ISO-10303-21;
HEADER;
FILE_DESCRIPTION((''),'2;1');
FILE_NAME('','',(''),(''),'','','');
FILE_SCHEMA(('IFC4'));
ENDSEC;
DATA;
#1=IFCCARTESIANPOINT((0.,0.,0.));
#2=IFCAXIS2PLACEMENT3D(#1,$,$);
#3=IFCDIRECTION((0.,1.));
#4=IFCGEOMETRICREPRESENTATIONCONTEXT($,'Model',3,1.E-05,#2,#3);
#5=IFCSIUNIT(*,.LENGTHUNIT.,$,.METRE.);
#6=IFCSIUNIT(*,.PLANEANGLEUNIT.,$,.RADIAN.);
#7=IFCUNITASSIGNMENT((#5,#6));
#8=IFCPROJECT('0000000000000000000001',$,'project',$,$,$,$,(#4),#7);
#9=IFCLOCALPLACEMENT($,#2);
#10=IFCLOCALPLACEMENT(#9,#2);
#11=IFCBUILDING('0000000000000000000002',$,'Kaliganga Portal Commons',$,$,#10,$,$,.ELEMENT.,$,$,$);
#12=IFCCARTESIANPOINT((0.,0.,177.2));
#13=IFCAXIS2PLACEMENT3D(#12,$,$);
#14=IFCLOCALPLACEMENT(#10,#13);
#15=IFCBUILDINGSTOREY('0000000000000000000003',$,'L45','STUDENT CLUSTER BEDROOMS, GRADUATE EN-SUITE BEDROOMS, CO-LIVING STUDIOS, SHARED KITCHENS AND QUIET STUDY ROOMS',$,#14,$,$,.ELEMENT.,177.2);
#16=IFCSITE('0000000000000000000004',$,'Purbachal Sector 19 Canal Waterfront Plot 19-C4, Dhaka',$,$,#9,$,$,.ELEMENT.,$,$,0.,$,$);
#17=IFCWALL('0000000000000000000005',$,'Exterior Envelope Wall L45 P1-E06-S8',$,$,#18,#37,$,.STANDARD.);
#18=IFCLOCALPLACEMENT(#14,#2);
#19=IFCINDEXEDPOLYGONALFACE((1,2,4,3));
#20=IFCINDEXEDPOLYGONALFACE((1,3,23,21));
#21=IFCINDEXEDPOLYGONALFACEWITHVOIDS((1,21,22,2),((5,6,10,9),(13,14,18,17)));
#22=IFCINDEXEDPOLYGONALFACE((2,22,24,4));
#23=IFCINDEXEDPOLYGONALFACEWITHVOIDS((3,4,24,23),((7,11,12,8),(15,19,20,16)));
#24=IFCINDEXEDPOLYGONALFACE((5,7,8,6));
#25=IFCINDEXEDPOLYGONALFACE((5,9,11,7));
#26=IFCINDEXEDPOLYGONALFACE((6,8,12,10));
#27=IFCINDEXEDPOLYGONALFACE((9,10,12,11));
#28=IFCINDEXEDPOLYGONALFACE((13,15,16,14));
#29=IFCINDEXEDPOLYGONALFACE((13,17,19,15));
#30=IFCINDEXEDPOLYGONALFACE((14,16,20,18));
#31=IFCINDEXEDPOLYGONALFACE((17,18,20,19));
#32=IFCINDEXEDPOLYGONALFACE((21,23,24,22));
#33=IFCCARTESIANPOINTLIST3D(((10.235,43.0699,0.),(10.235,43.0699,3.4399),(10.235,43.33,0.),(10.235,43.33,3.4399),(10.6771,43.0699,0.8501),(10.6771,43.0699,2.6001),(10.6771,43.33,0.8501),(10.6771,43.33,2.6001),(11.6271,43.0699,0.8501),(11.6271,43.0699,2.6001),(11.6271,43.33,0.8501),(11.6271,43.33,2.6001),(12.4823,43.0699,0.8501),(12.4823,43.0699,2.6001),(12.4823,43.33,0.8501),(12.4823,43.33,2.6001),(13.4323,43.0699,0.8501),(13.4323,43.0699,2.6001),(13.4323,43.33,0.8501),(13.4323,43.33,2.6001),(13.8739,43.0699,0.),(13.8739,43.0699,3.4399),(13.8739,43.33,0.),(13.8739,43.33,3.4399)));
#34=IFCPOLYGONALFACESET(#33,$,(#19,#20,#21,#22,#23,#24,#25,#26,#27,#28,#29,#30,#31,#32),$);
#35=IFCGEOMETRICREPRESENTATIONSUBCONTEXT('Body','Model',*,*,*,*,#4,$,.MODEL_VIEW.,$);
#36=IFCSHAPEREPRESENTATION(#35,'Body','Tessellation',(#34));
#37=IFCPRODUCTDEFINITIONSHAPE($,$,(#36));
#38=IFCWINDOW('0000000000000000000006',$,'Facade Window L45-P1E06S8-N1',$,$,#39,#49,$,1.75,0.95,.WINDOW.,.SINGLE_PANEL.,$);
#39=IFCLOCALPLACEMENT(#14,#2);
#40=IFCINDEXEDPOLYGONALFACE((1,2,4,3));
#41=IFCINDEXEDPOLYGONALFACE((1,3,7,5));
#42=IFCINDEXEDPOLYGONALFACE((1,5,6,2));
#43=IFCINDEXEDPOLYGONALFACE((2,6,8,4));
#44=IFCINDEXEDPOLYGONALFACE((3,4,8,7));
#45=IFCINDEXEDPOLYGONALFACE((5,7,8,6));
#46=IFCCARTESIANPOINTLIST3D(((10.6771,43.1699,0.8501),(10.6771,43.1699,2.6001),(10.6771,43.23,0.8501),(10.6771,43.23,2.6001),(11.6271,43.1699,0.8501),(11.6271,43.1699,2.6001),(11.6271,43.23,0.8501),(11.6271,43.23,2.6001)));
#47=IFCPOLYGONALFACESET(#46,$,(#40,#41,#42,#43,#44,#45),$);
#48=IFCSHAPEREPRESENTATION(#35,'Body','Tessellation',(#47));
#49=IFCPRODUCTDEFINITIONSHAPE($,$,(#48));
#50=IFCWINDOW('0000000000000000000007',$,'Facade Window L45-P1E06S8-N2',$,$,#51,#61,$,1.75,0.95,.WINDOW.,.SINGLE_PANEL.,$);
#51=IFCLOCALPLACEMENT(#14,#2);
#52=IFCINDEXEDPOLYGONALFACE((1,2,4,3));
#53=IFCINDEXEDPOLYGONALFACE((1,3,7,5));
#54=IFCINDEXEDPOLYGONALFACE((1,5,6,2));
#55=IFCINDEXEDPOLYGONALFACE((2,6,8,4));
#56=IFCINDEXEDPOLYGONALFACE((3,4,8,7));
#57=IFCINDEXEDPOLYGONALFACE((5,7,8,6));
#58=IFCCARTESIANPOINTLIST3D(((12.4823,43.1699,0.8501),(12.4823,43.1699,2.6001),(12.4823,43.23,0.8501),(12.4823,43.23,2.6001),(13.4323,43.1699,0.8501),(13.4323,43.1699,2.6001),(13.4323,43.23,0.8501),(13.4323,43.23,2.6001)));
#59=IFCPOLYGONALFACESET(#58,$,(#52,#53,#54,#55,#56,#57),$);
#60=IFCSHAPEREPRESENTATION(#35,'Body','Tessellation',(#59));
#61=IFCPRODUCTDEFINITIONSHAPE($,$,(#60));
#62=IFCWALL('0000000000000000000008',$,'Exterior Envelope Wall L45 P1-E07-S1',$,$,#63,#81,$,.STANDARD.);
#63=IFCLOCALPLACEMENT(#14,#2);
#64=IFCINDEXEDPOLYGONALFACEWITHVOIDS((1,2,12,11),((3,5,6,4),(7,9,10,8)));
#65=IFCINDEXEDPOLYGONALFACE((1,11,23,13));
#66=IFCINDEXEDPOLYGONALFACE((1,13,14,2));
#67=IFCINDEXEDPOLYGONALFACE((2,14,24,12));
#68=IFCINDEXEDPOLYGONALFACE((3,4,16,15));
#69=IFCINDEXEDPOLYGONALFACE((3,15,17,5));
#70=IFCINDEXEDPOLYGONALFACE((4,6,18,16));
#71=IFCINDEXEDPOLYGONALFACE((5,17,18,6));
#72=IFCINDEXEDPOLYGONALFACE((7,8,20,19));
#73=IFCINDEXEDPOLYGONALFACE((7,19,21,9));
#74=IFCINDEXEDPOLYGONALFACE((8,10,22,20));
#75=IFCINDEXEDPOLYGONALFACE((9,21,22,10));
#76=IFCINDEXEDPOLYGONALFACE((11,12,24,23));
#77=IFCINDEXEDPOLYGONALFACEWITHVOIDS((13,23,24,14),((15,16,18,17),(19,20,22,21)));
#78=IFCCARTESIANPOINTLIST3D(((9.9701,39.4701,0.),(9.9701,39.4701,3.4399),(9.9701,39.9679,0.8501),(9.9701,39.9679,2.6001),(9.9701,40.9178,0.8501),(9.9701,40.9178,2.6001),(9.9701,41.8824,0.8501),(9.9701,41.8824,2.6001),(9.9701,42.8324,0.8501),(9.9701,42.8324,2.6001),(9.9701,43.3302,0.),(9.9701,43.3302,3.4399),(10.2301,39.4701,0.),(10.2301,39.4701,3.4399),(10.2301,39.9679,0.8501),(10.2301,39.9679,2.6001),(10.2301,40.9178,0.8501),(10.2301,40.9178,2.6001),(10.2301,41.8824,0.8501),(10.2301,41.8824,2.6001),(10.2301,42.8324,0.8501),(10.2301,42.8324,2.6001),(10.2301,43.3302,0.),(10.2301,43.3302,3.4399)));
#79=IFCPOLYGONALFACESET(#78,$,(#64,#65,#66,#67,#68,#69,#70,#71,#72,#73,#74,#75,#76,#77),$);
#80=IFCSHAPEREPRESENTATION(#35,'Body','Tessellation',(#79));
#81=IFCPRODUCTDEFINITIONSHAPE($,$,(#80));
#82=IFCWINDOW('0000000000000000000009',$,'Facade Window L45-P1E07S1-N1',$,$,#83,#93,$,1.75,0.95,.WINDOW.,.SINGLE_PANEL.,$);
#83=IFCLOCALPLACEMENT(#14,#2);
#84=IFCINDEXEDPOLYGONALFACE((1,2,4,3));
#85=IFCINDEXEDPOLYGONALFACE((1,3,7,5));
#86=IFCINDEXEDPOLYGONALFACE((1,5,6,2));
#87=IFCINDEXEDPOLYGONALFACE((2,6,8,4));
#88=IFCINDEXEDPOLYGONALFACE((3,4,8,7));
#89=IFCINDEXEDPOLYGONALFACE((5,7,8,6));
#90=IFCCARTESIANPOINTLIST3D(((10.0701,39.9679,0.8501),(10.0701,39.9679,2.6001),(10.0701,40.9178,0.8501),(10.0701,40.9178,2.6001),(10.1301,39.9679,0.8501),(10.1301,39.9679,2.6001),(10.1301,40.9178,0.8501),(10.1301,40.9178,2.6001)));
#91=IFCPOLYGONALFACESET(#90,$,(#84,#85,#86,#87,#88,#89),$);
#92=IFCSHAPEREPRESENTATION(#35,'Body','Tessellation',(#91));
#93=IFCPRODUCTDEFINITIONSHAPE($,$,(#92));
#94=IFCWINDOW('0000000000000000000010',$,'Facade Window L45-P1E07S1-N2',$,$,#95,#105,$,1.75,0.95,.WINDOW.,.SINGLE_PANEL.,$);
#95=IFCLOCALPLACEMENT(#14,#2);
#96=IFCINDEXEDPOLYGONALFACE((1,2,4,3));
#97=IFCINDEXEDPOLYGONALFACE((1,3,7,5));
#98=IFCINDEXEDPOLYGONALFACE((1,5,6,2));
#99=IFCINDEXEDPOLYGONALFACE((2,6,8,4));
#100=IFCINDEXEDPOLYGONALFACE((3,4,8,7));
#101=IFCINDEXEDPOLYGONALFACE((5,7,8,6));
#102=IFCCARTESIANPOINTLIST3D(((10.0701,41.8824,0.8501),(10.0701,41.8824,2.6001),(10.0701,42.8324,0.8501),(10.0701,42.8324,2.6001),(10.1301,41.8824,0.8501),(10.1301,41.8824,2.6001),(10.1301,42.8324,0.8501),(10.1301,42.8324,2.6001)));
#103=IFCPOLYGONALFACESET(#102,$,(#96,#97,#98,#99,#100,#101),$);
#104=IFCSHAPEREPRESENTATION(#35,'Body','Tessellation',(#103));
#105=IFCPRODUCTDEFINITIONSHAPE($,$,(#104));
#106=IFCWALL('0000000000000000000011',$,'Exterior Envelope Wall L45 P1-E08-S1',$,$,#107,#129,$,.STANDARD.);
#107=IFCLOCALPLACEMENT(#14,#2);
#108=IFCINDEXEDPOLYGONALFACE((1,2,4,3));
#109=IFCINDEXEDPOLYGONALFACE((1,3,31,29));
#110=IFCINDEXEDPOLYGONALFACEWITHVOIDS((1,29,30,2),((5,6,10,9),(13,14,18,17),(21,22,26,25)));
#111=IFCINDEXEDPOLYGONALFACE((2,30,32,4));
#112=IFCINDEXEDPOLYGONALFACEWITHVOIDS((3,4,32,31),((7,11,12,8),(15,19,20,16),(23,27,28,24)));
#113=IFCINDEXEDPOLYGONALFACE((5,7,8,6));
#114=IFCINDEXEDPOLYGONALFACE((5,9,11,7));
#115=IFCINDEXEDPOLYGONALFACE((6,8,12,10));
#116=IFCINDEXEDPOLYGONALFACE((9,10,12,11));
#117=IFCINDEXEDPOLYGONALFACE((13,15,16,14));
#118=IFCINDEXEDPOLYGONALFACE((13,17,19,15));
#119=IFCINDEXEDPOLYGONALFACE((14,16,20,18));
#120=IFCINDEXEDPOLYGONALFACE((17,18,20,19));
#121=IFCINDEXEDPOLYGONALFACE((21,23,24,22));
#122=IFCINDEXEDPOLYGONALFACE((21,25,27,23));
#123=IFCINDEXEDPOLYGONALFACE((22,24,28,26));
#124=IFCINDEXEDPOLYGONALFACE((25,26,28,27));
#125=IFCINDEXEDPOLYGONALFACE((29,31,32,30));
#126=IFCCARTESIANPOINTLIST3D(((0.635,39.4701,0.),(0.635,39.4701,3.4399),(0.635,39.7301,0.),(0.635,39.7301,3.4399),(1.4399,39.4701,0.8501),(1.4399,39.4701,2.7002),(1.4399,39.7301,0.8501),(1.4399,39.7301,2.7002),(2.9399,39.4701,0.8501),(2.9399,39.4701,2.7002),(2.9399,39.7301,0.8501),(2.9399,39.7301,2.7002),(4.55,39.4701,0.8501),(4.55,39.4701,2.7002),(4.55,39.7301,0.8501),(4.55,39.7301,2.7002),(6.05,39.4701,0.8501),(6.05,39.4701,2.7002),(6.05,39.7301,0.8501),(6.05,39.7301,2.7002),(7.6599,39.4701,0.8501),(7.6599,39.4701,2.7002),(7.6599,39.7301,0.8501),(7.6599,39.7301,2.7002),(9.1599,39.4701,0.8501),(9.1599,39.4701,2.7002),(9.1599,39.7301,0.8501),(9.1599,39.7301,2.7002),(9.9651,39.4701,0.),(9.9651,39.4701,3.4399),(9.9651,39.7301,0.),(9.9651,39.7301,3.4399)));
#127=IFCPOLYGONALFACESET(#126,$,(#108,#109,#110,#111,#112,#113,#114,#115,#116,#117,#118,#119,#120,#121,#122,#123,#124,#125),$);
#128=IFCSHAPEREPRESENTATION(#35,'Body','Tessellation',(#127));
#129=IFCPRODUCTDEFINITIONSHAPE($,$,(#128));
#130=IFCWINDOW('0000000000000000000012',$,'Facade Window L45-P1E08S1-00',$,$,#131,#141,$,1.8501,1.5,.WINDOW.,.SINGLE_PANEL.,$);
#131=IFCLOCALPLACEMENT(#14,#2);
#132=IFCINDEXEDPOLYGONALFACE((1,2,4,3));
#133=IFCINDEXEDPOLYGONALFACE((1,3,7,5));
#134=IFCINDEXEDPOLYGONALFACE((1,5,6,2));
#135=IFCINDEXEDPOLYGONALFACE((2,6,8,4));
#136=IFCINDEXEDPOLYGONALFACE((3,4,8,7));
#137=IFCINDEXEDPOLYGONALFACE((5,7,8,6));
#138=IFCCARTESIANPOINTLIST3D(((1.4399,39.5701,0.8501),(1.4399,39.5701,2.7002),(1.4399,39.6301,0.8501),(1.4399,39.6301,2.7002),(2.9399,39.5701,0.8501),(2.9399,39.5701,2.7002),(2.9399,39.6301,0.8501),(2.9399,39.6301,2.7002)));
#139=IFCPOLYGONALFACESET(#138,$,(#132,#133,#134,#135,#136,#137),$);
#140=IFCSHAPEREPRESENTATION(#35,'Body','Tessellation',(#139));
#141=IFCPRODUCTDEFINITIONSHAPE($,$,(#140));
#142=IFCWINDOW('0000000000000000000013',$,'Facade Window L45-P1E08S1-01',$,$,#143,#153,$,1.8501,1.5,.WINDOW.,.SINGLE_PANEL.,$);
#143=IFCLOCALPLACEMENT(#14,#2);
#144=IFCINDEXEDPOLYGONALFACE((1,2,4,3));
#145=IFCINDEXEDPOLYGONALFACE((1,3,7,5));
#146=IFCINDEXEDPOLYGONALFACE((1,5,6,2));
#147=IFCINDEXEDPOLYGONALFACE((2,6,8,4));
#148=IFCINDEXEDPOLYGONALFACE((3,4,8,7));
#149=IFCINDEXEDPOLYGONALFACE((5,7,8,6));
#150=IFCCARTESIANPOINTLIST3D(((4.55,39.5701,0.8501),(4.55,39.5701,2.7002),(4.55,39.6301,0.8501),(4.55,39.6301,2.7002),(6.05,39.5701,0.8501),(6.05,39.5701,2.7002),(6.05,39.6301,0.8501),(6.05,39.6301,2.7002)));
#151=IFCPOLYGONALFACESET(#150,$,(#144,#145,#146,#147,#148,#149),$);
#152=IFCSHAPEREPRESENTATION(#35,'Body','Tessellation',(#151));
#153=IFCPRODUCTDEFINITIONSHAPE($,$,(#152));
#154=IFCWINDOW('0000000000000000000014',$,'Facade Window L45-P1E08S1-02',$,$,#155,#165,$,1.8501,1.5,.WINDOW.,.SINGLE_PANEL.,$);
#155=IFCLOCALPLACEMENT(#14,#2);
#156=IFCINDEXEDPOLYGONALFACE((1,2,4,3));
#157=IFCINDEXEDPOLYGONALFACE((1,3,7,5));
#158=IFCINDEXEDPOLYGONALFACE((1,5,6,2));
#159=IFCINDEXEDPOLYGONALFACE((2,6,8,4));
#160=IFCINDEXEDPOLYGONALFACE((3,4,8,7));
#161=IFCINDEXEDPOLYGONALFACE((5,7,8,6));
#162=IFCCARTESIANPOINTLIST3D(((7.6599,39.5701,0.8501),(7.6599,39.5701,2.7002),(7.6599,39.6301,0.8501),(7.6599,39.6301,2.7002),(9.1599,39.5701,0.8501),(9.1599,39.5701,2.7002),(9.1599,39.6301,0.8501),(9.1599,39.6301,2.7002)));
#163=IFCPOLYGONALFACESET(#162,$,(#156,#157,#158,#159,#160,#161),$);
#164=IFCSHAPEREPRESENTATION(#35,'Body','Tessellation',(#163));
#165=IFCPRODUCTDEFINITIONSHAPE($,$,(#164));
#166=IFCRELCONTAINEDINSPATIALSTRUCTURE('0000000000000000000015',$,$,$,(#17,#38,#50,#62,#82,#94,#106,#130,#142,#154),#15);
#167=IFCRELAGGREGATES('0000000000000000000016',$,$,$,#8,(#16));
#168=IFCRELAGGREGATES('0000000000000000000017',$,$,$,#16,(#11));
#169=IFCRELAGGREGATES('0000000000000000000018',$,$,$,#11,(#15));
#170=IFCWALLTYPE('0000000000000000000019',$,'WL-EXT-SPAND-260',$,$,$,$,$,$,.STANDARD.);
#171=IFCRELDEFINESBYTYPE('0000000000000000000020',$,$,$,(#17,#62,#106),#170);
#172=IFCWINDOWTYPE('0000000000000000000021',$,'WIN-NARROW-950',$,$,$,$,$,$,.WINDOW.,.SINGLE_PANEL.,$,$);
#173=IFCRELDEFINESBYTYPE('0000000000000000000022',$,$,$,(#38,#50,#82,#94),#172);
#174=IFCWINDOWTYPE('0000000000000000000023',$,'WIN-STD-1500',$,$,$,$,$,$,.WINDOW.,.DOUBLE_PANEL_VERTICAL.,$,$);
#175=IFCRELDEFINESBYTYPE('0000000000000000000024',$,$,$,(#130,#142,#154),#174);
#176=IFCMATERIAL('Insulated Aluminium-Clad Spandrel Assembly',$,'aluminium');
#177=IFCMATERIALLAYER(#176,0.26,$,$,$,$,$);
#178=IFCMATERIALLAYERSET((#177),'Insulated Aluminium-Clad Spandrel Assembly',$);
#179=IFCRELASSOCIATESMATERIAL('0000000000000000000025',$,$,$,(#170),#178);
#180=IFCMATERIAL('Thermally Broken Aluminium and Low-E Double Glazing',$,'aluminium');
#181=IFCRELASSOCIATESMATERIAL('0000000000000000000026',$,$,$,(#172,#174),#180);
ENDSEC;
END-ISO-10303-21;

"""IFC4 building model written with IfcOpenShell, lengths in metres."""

from ifc_helpers import new_model, si_unit, direction, frame, frame_2d, origin, place, context, subcontext, project, spatial, rectangle, extrude, material, layer, layer_set, type_object, element, fill, save


model = new_model("IFC4")

# Units and contexts
model_context = context("Model", 3, precision=1e-05, world=origin(), true_north=direction((0.0, 1.0)))
body_context = subcontext(model_context, "Body", "Model", "MODEL_VIEW")
ifc_project = project(units=[si_unit("LENGTHUNIT", "METRE"), si_unit("PLANEANGLEUNIT", "RADIAN")], contexts=[model_context])

# Site, building, storey
site_placement = place(None, origin())
site = spatial("IfcSite", under=ifc_project, at=site_placement, Name="Purbachal Sector 19 Canal Waterfront Plot 19-C4, Dhaka", CompositionType="ELEMENT", RefElevation=0.0)
building_placement = place(site_placement, origin())
building = spatial("IfcBuilding", under=site, at=building_placement, Name="Kaliganga Portal Commons", CompositionType="ELEMENT")
storey_placement = place(building_placement, frame((0.0, 0.0, 177.2)))
storey = spatial("IfcBuildingStorey", under=building, at=storey_placement, Name="L45", Description="STUDENT CLUSTER BEDROOMS, GRADUATE EN-SUITE BEDROOMS, CO-LIVING STUDIOS, SHARED KITCHENS AND QUIET STUDY ROOMS", CompositionType="ELEMENT", Elevation=177.2)

# Walls, openings, windows
ifc_material_1 = material(Name="Insulated Aluminium-Clad Spandrel Assembly", Category="aluminium")
ifc_layer_1 = layer(ifc_material_1, 0.26)
ifc_layer_set_1 = layer_set([ifc_layer_1], Name="Insulated Aluminium-Clad Spandrel Assembly")
wall_type_1 = type_object("IfcWallType", Name="WL-EXT-SPAND-260", PredefinedType="STANDARD", material=ifc_layer_set_1)
wall_1_placement = place(storey_placement, frame((10.2351, 43.2, 0.0), z_axis=(0.0, 0.0, 1.0), x_axis=(1.0, 0.0, 0.0)))
wall_1 = element("IfcWall", 1, at=wall_1_placement, inside=storey, type_object=wall_type_1, Name="Exterior Envelope Wall L45 P1-E06-S8", PredefinedType="STANDARD", context=body_context, shape_type="SweptSolid", body=[
    extrude(rectangle(XDim=3.6389, YDim=0.26, at=frame_2d((1.8193, 0.0))), origin(), (0.0, 0.0, 1.0), 3.4399),
])
opening_1_placement = place(wall_1_placement, frame((0.4419, 0.0, 0.8501)))
opening_1 = element("IfcOpeningElement", 2, at=opening_1_placement, cuts=wall_1, PredefinedType="OPENING", context=body_context, shape_type="SweptSolid", body=[
    extrude(rectangle(XDim=0.95, YDim=1.75, at=frame_2d((0.4751, 0.875))), frame((0.0, 0.1401, 0.0), z_axis=(0.0, -1.0, 0.0), x_axis=(1.0, 0.0, 0.0)), (0.0, 0.0, 1.0), 0.28),
])
opening_2_placement = place(wall_1_placement, frame((2.2471, 0.0, 0.8501)))
opening_2 = element("IfcOpeningElement", 3, at=opening_2_placement, cuts=wall_1, PredefinedType="OPENING", context=body_context, shape_type="SweptSolid", body=[
    extrude(rectangle(XDim=0.95, YDim=1.75, at=frame_2d((0.4751, 0.875))), frame((0.0, 0.1401, 0.0), z_axis=(0.0, -1.0, 0.0), x_axis=(1.0, 0.0, 0.0)), (0.0, 0.0, 1.0), 0.28),
])
ifc_material_2 = material(Name="Thermally Broken Aluminium and Low-E Double Glazing", Category="aluminium")
window_type_1 = type_object("IfcWindowType", Name="WIN-NARROW-950", PartitioningType="SINGLE_PANEL", PredefinedType="WINDOW", material=ifc_material_2)
window_1_placement = place(opening_1_placement, origin())
window_1 = element("IfcWindow", 4, at=window_1_placement, inside=storey, type_object=window_type_1, Name="Facade Window L45-P1E06S8-N1", OverallHeight=1.75, OverallWidth=0.95, PartitioningType="SINGLE_PANEL", PredefinedType="WINDOW", context=body_context, shape_type="SweptSolid", body=[
    extrude(rectangle(XDim=0.95, YDim=1.75, at=frame_2d((0.4751, 0.875))), frame((0.0, 0.03, 0.0), z_axis=(0.0, -1.0, 0.0), x_axis=(1.0, 0.0, 0.0)), (0.0, 0.0, 1.0), 0.0601),
])
fill(opening_1, window_1)
window_2_placement = place(opening_2_placement, origin())
window_2 = element("IfcWindow", 5, at=window_2_placement, inside=storey, type_object=window_type_1, Name="Facade Window L45-P1E06S8-N2", OverallHeight=1.75, OverallWidth=0.95, PartitioningType="SINGLE_PANEL", PredefinedType="WINDOW", context=body_context, shape_type="SweptSolid", body=[
    extrude(rectangle(XDim=0.95, YDim=1.75, at=frame_2d((0.4751, 0.875))), frame((0.0, 0.03, 0.0), z_axis=(0.0, -1.0, 0.0), x_axis=(1.0, 0.0, 0.0)), (0.0, 0.0, 1.0), 0.0601),
])
fill(opening_2, window_2)
wall_2_placement = place(storey_placement, frame((10.1001, 39.47, 0.0), z_axis=(0.0, 0.0, 1.0), x_axis=(0.0, 1.0, 0.0)))
wall_2 = element("IfcWall", 6, at=wall_2_placement, inside=storey, type_object=wall_type_1, Name="Exterior Envelope Wall L45 P1-E07-S1", PredefinedType="STANDARD", context=body_context, shape_type="SweptSolid", body=[
    extrude(rectangle(XDim=3.8601, YDim=0.26, at=frame_2d((1.9302, 0.0))), origin(), (0.0, 0.0, 1.0), 3.4399),
])
opening_3_placement = place(wall_2_placement, frame((0.4978, 0.0, 0.8501)))
opening_3 = element("IfcOpeningElement", 7, at=opening_3_placement, cuts=wall_2, PredefinedType="OPENING", context=body_context, shape_type="SweptSolid", body=[
    extrude(rectangle(XDim=0.95, YDim=1.75, at=frame_2d((0.4751, 0.875))), frame((0.0, 0.1401, 0.0), z_axis=(0.0, -1.0, 0.0), x_axis=(1.0, 0.0, 0.0)), (0.0, 0.0, 1.0), 0.28),
])
opening_4_placement = place(wall_2_placement, frame((2.4124, 0.0, 0.8501)))
opening_4 = element("IfcOpeningElement", 8, at=opening_4_placement, cuts=wall_2, PredefinedType="OPENING", context=body_context, shape_type="SweptSolid", body=[
    extrude(rectangle(XDim=0.95, YDim=1.75, at=frame_2d((0.4751, 0.875))), frame((0.0, 0.1401, 0.0), z_axis=(0.0, -1.0, 0.0), x_axis=(1.0, 0.0, 0.0)), (0.0, 0.0, 1.0), 0.28),
])
window_3_placement = place(opening_3_placement, origin())
window_3 = element("IfcWindow", 9, at=window_3_placement, inside=storey, type_object=window_type_1, Name="Facade Window L45-P1E07S1-N1", OverallHeight=1.75, OverallWidth=0.95, PartitioningType="SINGLE_PANEL", PredefinedType="WINDOW", context=body_context, shape_type="SweptSolid", body=[
    extrude(rectangle(XDim=0.95, YDim=1.75, at=frame_2d((0.4751, 0.875))), frame((0.0, 0.03, 0.0), z_axis=(0.0, -1.0, 0.0), x_axis=(1.0, 0.0, 0.0)), (0.0, 0.0, 1.0), 0.0601),
])
fill(opening_3, window_3)
window_4_placement = place(opening_4_placement, origin())
window_4 = element("IfcWindow", 10, at=window_4_placement, inside=storey, type_object=window_type_1, Name="Facade Window L45-P1E07S1-N2", OverallHeight=1.75, OverallWidth=0.95, PartitioningType="SINGLE_PANEL", PredefinedType="WINDOW", context=body_context, shape_type="SweptSolid", body=[
    extrude(rectangle(XDim=0.95, YDim=1.75, at=frame_2d((0.4751, 0.875))), frame((0.0, 0.03, 0.0), z_axis=(0.0, -1.0, 0.0), x_axis=(1.0, 0.0, 0.0)), (0.0, 0.0, 1.0), 0.0601),
])
fill(opening_4, window_4)
wall_3_placement = place(storey_placement, frame((0.635, 39.6001, 0.0), z_axis=(0.0, 0.0, 1.0), x_axis=(1.0, 0.0, 0.0)))
wall_3 = element("IfcWall", 11, at=wall_3_placement, inside=storey, type_object=wall_type_1, Name="Exterior Envelope Wall L45 P1-E08-S1", PredefinedType="STANDARD", context=body_context, shape_type="SweptSolid", body=[
    extrude(rectangle(XDim=9.3301, YDim=0.26, at=frame_2d((4.665, 0.0))), origin(), (0.0, 0.0, 1.0), 3.4399),
])
opening_5_placement = place(wall_3_placement, frame((0.8049, 0.0, 0.8501)))
opening_5 = element("IfcOpeningElement", 12, at=opening_5_placement, cuts=wall_3, PredefinedType="OPENING", context=body_context, shape_type="SweptSolid", body=[
    extrude(rectangle(XDim=1.5, YDim=1.8501, at=frame_2d((0.75, 0.925))), frame((0.0, 0.1401, 0.0), z_axis=(0.0, -1.0, 0.0), x_axis=(1.0, 0.0, 0.0)), (0.0, 0.0, 1.0), 0.28),
])
opening_6_placement = place(wall_3_placement, frame((3.915, 0.0, 0.8501)))
opening_6 = element("IfcOpeningElement", 13, at=opening_6_placement, cuts=wall_3, PredefinedType="OPENING", context=body_context, shape_type="SweptSolid", body=[
    extrude(rectangle(XDim=1.5, YDim=1.8501, at=frame_2d((0.75, 0.925))), frame((0.0, 0.1401, 0.0), z_axis=(0.0, -1.0, 0.0), x_axis=(1.0, 0.0, 0.0)), (0.0, 0.0, 1.0), 0.28),
])
opening_7_placement = place(wall_3_placement, frame((7.0249, 0.0, 0.8501)))
opening_7 = element("IfcOpeningElement", 14, at=opening_7_placement, cuts=wall_3, PredefinedType="OPENING", context=body_context, shape_type="SweptSolid", body=[
    extrude(rectangle(XDim=1.5, YDim=1.8501, at=frame_2d((0.75, 0.925))), frame((0.0, 0.1401, 0.0), z_axis=(0.0, -1.0, 0.0), x_axis=(1.0, 0.0, 0.0)), (0.0, 0.0, 1.0), 0.28),
])
window_type_2 = type_object("IfcWindowType", Name="WIN-STD-1500", PartitioningType="DOUBLE_PANEL_VERTICAL", PredefinedType="WINDOW", material=ifc_material_2)
window_5_placement = place(opening_5_placement, origin())
window_5 = element("IfcWindow", 15, at=window_5_placement, inside=storey, type_object=window_type_2, Name="Facade Window L45-P1E08S1-00", OverallHeight=1.8501, OverallWidth=1.5, PartitioningType="SINGLE_PANEL", PredefinedType="WINDOW", context=body_context, shape_type="SweptSolid", body=[
    extrude(rectangle(XDim=1.5, YDim=1.8501, at=frame_2d((0.75, 0.925))), frame((0.0, 0.03, 0.0), z_axis=(0.0, -1.0, 0.0), x_axis=(1.0, 0.0, 0.0)), (0.0, 0.0, 1.0), 0.0601),
])
fill(opening_5, window_5)
window_6_placement = place(opening_6_placement, origin())
window_6 = element("IfcWindow", 16, at=window_6_placement, inside=storey, type_object=window_type_2, Name="Facade Window L45-P1E08S1-01", OverallHeight=1.8501, OverallWidth=1.5, PartitioningType="SINGLE_PANEL", PredefinedType="WINDOW", context=body_context, shape_type="SweptSolid", body=[
    extrude(rectangle(XDim=1.5, YDim=1.8501, at=frame_2d((0.75, 0.925))), frame((0.0, 0.03, 0.0), z_axis=(0.0, -1.0, 0.0), x_axis=(1.0, 0.0, 0.0)), (0.0, 0.0, 1.0), 0.0601),
])
fill(opening_6, window_6)
window_7_placement = place(opening_7_placement, origin())
window_7 = element("IfcWindow", 17, at=window_7_placement, inside=storey, type_object=window_type_2, Name="Facade Window L45-P1E08S1-02", OverallHeight=1.8501, OverallWidth=1.5, PartitioningType="SINGLE_PANEL", PredefinedType="WINDOW", context=body_context, shape_type="SweptSolid", body=[
    extrude(rectangle(XDim=1.5, YDim=1.8501, at=frame_2d((0.75, 0.925))), frame((0.0, 0.03, 0.0), z_axis=(0.0, -1.0, 0.0), x_axis=(1.0, 0.0, 0.0)), (0.0, 0.0, 1.0), 0.0601),
])
fill(opening_7, window_7)

save(model, "model.ifc")
